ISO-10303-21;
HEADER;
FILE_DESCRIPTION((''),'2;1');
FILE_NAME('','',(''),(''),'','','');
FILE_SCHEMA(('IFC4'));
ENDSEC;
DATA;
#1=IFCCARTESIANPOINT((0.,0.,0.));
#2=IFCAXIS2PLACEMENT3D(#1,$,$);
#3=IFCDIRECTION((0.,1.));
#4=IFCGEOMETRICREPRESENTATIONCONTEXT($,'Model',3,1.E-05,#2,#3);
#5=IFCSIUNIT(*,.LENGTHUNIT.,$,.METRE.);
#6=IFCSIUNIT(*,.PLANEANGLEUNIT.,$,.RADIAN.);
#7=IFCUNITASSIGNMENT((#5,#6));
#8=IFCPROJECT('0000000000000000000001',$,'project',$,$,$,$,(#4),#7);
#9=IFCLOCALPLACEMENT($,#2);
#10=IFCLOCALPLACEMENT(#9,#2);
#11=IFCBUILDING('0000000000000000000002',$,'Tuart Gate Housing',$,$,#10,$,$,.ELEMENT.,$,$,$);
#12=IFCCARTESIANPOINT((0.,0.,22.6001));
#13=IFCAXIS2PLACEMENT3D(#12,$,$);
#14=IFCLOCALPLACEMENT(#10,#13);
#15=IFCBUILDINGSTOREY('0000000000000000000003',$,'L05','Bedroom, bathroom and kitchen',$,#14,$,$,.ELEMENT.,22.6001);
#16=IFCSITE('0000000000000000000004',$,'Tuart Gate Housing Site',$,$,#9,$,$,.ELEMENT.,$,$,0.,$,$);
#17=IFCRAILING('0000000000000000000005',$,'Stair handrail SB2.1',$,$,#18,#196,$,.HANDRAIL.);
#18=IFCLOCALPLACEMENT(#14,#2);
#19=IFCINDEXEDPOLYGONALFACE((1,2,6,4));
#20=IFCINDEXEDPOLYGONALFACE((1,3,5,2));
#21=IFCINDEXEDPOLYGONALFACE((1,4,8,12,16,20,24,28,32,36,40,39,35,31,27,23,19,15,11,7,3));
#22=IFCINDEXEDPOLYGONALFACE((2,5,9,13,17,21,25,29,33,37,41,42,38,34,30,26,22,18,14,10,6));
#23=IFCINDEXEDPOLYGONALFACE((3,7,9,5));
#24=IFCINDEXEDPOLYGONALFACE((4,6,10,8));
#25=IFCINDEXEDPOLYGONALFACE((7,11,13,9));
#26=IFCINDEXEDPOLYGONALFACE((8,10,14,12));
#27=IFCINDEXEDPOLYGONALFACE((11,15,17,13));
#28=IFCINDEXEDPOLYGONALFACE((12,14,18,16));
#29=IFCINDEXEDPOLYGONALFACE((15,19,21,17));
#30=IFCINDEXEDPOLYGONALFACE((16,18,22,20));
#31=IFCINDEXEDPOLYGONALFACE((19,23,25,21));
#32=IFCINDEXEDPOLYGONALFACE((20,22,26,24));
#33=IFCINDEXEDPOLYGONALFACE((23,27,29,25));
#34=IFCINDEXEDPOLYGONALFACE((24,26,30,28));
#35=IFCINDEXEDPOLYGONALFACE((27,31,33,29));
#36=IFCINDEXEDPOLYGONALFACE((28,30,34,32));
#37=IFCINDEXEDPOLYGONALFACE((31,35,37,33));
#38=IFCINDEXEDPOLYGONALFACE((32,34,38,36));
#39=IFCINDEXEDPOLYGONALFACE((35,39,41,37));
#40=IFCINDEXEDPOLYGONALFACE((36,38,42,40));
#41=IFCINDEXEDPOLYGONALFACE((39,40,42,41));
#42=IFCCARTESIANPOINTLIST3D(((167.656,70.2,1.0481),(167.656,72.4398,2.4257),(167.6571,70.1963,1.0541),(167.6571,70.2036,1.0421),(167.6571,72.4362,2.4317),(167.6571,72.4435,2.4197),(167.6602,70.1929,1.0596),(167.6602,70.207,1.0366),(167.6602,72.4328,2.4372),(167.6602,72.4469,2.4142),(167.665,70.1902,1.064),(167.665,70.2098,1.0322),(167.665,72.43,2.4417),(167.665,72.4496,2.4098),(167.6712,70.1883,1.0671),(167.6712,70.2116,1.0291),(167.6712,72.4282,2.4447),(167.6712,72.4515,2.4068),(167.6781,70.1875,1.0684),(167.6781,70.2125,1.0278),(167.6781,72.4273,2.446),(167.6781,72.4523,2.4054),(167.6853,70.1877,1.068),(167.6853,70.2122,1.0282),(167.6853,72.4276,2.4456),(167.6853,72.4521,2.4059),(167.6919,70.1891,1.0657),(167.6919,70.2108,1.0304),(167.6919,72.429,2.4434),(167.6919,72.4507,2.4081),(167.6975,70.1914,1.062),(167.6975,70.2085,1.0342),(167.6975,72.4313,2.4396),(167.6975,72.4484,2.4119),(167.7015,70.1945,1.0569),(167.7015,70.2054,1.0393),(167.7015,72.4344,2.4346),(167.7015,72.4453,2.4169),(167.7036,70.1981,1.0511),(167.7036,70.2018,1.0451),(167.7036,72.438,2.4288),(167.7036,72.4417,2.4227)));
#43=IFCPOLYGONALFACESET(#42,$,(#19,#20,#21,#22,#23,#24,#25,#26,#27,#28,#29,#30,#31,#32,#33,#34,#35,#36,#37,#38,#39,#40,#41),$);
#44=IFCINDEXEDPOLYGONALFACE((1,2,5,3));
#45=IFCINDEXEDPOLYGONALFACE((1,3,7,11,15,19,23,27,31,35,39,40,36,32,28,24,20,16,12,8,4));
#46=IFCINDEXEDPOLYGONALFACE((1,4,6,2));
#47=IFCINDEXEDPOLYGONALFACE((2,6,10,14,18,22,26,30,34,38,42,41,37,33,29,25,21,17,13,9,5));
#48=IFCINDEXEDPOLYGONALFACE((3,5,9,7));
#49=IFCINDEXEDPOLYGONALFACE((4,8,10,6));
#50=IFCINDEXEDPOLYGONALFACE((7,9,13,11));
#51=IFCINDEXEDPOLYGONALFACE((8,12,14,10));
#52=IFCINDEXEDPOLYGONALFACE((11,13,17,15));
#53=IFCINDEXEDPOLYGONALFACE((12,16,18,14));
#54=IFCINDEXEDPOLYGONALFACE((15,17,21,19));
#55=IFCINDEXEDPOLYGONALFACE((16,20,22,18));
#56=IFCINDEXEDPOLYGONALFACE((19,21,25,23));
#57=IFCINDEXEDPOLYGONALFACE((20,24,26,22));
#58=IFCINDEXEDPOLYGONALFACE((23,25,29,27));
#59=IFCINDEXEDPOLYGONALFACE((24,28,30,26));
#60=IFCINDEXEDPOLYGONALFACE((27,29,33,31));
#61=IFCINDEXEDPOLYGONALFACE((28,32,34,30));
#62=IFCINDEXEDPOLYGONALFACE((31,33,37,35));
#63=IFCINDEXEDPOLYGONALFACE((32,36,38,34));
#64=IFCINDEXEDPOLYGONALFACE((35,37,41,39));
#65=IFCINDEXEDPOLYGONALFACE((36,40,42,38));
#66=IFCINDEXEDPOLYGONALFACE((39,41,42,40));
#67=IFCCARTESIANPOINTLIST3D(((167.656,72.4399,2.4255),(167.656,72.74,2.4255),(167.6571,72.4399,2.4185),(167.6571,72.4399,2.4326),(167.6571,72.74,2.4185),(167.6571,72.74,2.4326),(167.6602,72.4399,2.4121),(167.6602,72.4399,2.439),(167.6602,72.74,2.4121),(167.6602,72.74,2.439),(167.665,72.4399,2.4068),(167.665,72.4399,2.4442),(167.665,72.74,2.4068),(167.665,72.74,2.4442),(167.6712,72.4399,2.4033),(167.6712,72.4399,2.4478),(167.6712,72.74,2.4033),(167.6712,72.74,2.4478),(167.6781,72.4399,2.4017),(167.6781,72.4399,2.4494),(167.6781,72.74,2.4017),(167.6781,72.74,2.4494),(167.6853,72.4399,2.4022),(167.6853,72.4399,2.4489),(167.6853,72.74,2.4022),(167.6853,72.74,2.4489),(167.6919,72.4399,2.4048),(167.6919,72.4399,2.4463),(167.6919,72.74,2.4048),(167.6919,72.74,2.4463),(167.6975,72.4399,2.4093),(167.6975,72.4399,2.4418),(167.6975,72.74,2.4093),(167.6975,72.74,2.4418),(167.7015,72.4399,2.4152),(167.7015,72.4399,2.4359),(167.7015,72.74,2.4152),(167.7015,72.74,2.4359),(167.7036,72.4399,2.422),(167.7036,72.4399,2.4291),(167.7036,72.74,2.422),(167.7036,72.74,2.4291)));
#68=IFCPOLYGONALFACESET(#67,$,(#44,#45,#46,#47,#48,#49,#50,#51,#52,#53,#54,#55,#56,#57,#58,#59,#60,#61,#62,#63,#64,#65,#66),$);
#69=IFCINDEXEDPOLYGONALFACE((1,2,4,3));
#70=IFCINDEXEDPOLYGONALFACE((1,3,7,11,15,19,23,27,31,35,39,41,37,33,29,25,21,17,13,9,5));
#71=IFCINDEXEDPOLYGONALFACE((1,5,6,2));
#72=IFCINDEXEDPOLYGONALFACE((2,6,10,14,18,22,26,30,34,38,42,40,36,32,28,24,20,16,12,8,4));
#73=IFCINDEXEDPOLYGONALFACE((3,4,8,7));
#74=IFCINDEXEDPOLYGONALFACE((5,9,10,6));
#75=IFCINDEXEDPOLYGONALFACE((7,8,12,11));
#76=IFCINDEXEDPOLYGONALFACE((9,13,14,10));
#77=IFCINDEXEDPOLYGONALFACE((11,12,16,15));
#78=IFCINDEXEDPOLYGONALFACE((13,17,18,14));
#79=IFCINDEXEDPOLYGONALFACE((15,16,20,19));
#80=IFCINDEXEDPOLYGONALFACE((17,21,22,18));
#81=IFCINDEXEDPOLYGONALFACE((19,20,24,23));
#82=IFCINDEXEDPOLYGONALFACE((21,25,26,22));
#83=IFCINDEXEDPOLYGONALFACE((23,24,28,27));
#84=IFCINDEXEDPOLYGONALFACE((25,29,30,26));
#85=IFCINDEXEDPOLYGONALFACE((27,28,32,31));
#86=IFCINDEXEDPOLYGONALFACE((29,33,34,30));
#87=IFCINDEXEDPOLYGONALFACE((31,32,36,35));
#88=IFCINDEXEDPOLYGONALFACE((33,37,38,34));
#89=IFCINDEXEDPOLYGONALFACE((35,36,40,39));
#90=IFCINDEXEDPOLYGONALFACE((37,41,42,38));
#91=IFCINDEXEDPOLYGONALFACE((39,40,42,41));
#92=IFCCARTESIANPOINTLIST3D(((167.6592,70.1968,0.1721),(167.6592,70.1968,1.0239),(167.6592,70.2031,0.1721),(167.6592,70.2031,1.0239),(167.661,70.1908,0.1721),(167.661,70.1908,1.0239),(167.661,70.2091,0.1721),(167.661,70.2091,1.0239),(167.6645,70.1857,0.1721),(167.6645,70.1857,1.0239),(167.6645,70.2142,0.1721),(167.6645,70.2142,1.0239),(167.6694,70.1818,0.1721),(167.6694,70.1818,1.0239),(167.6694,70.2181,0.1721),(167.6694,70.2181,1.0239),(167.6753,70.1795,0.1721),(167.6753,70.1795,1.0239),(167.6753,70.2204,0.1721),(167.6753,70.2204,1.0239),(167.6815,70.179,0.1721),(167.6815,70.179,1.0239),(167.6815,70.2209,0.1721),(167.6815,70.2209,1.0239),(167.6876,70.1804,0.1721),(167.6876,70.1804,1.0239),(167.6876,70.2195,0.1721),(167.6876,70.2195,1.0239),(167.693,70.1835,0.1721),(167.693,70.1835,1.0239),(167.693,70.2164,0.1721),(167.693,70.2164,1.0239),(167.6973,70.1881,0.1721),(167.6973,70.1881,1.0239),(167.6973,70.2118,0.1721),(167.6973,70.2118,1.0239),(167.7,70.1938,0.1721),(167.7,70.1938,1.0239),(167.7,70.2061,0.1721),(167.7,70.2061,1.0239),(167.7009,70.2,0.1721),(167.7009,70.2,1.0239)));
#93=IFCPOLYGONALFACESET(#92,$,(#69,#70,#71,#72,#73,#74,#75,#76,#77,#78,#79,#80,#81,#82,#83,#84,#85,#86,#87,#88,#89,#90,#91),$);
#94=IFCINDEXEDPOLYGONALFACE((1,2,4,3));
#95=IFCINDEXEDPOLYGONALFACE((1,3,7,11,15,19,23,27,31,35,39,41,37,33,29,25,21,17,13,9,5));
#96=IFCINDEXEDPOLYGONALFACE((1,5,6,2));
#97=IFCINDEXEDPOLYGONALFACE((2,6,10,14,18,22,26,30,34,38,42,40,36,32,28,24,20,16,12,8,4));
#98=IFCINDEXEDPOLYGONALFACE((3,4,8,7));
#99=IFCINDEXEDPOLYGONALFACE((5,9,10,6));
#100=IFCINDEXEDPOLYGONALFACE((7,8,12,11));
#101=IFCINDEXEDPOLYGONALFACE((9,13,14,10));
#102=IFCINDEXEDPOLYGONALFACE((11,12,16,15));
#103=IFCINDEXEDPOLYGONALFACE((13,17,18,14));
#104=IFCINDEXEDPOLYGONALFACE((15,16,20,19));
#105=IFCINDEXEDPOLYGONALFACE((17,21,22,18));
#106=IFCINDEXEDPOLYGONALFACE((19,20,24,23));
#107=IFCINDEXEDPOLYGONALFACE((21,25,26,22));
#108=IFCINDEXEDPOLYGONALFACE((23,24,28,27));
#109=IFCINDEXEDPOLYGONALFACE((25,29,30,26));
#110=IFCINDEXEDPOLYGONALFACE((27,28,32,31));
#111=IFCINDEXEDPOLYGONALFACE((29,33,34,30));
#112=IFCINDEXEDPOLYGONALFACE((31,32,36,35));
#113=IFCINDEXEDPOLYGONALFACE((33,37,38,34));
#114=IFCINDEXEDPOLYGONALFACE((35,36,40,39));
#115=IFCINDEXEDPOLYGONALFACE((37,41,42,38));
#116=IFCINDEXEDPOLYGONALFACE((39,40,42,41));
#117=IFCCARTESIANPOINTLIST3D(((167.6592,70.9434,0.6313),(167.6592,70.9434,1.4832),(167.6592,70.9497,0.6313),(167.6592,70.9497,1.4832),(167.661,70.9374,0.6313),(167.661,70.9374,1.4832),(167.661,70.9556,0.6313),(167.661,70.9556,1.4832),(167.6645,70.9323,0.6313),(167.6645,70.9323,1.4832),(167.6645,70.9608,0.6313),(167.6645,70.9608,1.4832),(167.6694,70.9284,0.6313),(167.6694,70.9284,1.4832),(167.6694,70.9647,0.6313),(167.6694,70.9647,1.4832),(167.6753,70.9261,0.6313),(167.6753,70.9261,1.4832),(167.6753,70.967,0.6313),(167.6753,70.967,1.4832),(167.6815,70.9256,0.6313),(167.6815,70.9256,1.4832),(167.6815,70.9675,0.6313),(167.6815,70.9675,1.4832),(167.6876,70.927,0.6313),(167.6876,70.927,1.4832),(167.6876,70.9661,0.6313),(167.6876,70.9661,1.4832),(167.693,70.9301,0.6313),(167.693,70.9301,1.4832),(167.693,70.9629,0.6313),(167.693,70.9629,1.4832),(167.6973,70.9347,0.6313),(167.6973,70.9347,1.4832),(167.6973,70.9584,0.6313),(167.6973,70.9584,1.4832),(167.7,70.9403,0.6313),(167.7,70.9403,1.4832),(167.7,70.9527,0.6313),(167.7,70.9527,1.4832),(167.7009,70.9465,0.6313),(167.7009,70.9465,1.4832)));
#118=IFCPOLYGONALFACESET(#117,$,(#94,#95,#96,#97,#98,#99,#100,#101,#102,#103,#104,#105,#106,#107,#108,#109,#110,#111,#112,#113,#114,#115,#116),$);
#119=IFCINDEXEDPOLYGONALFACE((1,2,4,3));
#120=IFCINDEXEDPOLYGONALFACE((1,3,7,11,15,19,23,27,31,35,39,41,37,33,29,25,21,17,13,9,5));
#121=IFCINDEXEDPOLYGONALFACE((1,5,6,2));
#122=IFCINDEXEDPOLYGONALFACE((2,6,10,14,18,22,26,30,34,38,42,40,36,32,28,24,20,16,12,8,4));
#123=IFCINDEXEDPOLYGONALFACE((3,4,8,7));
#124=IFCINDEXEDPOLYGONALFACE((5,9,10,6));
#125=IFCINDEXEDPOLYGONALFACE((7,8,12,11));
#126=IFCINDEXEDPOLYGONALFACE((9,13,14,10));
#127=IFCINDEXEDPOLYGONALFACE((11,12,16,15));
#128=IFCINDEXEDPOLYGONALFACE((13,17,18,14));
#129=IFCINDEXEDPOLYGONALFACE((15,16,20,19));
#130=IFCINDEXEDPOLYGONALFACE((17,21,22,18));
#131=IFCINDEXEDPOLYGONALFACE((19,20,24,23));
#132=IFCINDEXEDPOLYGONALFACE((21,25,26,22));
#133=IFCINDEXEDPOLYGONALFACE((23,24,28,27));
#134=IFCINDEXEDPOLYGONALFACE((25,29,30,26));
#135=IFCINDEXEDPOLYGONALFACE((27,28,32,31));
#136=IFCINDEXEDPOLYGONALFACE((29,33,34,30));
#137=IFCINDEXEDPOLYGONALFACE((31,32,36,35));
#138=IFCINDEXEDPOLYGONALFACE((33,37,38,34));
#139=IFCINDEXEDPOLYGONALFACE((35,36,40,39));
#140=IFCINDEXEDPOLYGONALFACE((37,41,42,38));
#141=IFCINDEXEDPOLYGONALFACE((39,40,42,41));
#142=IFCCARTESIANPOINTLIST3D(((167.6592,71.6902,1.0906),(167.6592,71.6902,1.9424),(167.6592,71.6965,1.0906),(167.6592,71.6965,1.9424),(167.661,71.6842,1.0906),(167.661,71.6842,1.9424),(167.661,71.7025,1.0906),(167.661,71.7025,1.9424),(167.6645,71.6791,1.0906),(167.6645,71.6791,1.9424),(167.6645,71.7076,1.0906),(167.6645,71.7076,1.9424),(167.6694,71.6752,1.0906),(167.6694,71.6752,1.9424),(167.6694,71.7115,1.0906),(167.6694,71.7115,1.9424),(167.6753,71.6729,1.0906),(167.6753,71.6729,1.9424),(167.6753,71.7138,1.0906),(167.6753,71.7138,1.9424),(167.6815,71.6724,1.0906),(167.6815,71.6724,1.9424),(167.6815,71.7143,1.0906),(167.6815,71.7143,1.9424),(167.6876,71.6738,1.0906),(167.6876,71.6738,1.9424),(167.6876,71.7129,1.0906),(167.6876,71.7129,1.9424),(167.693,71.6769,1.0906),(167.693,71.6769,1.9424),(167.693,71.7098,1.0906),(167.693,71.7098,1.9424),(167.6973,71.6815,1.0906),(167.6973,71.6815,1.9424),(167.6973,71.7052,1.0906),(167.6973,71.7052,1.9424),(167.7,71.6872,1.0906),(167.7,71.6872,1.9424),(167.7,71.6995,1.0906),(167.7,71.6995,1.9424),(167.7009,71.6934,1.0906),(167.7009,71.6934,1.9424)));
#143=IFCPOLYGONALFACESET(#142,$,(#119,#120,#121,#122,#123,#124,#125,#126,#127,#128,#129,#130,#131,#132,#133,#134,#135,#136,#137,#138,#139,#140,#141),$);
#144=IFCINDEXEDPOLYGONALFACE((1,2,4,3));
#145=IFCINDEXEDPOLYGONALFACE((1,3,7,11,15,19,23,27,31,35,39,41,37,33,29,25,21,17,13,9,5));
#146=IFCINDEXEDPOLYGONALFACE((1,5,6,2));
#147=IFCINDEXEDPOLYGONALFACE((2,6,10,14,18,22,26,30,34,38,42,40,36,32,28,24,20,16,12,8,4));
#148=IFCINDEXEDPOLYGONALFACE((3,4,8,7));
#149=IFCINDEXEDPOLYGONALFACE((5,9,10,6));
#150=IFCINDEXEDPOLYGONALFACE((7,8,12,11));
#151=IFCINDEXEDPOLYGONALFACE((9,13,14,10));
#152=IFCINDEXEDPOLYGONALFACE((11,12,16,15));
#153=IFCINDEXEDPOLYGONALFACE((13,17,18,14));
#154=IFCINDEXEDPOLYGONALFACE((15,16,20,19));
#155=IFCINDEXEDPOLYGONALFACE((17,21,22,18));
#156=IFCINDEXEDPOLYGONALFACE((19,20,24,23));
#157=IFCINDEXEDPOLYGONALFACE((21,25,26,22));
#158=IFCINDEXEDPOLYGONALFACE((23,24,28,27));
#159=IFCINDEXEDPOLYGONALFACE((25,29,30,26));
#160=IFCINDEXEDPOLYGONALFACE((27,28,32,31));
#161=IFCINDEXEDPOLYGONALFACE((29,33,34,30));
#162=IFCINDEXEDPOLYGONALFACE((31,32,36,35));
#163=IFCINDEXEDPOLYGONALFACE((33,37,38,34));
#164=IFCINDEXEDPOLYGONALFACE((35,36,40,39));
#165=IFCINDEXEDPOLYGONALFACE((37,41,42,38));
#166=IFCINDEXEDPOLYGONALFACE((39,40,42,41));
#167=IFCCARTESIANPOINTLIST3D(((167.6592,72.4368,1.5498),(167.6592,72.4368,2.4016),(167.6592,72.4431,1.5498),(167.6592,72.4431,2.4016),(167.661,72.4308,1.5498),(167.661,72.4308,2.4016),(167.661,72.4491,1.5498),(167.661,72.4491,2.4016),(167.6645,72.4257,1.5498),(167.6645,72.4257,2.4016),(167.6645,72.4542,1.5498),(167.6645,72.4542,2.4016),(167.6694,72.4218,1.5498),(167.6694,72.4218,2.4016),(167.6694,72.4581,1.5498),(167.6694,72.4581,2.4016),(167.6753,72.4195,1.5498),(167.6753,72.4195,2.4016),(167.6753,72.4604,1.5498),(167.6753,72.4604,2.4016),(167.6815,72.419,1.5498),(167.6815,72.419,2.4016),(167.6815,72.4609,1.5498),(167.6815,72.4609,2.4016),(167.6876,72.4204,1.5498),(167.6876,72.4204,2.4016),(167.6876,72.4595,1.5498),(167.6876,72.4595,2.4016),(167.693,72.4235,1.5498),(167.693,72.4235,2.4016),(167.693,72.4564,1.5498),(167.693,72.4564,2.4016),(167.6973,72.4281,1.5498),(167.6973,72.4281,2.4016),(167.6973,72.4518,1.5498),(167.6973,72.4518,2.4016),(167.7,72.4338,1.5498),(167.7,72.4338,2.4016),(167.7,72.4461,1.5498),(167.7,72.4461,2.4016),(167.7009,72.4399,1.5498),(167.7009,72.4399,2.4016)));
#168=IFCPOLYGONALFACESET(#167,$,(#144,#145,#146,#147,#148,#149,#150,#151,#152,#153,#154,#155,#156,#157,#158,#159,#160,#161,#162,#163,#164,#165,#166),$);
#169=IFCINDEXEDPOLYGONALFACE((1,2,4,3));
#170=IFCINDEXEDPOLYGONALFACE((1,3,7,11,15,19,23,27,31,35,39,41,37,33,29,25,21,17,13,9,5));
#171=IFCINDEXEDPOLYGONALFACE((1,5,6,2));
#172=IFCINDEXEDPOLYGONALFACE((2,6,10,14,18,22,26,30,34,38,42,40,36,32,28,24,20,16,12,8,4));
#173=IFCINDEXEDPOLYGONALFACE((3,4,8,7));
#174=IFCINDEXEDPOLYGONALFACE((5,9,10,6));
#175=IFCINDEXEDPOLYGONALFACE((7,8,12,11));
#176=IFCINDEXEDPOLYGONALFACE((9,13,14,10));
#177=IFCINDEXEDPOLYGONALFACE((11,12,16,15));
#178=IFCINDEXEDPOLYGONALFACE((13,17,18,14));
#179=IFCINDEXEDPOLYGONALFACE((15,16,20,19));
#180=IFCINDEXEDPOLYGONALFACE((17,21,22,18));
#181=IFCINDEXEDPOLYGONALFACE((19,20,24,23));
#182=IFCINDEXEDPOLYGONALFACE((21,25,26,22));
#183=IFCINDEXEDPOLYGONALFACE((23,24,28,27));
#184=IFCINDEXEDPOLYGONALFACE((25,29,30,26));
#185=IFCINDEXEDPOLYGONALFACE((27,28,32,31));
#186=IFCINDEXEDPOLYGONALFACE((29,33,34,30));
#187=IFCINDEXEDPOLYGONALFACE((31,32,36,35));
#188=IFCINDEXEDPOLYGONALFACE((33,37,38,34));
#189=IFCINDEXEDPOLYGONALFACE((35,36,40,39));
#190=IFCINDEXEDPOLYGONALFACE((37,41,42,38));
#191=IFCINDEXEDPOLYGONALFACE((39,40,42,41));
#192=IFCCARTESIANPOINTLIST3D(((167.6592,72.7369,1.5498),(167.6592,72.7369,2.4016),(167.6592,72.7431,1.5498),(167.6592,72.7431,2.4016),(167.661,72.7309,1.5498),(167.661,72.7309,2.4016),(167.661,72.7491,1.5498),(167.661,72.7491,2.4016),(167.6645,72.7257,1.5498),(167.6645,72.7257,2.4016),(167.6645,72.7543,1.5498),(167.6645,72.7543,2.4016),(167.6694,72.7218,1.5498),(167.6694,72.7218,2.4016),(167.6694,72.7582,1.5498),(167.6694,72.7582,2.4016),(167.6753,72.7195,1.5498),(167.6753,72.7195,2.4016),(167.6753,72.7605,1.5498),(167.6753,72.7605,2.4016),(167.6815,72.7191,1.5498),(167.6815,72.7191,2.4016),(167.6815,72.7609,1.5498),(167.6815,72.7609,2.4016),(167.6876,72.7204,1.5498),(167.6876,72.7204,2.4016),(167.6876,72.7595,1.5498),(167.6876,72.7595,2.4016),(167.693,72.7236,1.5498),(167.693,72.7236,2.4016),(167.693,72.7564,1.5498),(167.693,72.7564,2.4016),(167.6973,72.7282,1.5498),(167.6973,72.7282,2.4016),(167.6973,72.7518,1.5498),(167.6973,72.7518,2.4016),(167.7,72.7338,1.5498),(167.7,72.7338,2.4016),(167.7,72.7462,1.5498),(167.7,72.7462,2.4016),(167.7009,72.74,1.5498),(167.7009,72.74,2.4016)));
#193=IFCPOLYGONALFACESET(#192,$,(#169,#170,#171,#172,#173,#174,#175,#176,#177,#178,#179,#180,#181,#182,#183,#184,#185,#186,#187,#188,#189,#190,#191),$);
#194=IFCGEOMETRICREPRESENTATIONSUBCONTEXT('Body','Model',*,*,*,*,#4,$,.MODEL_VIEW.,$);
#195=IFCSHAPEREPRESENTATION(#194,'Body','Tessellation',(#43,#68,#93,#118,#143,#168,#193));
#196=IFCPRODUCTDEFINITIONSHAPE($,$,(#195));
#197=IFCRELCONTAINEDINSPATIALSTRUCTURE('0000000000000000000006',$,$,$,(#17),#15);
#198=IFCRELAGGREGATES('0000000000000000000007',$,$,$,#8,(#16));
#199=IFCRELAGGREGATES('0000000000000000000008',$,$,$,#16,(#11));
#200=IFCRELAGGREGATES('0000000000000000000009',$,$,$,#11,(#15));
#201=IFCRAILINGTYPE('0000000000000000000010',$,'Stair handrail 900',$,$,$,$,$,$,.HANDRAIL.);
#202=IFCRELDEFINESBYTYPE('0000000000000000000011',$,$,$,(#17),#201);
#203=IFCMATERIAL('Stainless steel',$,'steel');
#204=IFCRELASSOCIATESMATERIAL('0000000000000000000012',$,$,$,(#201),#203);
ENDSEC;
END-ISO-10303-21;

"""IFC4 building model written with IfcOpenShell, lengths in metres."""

from ifc_helpers import new_model, si_unit, direction, frame, origin, origin_2d, place, context, subcontext, project, spatial, circle, extrude, material, type_object, element, save


model = new_model("IFC4")

# Units and contexts
model_context = context("Model", 3, precision=1e-05, world=origin(), true_north=direction((0.0, 1.0)))
body_context = subcontext(model_context, "Body", "Model", "MODEL_VIEW")
ifc_project = project(units=[si_unit("LENGTHUNIT", "METRE"), si_unit("PLANEANGLEUNIT", "RADIAN")], contexts=[model_context])

# Site, building, storey
site_placement = place(None, origin())
site = spatial("IfcSite", under=ifc_project, at=site_placement, Name="Tuart Gate Housing Site", CompositionType="ELEMENT", RefElevation=0.0)
building_placement = place(site_placement, origin())
building = spatial("IfcBuilding", under=site, at=building_placement, Name="Tuart Gate Housing", CompositionType="ELEMENT")
storey_placement = place(building_placement, frame((0.0, 0.0, 22.6001)))
storey = spatial("IfcBuildingStorey", under=building, at=storey_placement, Name="L05", Description="Bedroom, bathroom and kitchen", CompositionType="ELEMENT", Elevation=22.6001)

# Railing
ifc_material_1 = material(Name="Stainless steel", Category="steel")
railing_type = type_object("IfcRailingType", Name="Stair handrail 900", PredefinedType="HANDRAIL", material=ifc_material_1)
railing_placement = place(storey_placement, frame((167.6799, 70.2, 0.1721)))
element("IfcRailing", 1, at=railing_placement, inside=storey, type_object=railing_type, Name="Stair handrail SB2.1", PredefinedType="HANDRAIL", context=body_context, shape_type="SweptSolid", body=[
    extrude(circle(Radius=0.0239, at=origin_2d()), frame((0.0, 0.0, 0.876), z_axis=(0.0, 0.851789, 0.523885), x_axis=(-1.0, 0.0, 0.0)), (0.0, 0.0, 1.0), 2.6296),
    extrude(circle(Radius=0.0239, at=origin_2d()), frame((0.0, 2.24, 2.2534), z_axis=(0.0, 1.0, 0.0), x_axis=(-1.0, 0.0, 0.0)), (0.0, 0.0, 1.0), 0.3),
    extrude(circle(Radius=0.021, at=origin_2d()), origin(), (0.0, 0.0, 1.0), 0.8518),
    extrude(circle(Radius=0.021, at=origin_2d()), frame((0.0, 0.7466, 0.4592)), (0.0, 0.0, 1.0), 0.8518),
    extrude(circle(Radius=0.021, at=origin_2d()), frame((0.0, 1.4934, 0.9185)), (0.0, 0.0, 1.0), 0.8518),
    extrude(circle(Radius=0.021, at=origin_2d()), frame((0.0, 2.24, 1.3777)), (0.0, 0.0, 1.0), 0.8518),
    extrude(circle(Radius=0.021, at=origin_2d()), frame((0.0, 2.54, 1.3777)), (0.0, 0.0, 1.0), 0.8518),
])

save(model, "model.ifc")
